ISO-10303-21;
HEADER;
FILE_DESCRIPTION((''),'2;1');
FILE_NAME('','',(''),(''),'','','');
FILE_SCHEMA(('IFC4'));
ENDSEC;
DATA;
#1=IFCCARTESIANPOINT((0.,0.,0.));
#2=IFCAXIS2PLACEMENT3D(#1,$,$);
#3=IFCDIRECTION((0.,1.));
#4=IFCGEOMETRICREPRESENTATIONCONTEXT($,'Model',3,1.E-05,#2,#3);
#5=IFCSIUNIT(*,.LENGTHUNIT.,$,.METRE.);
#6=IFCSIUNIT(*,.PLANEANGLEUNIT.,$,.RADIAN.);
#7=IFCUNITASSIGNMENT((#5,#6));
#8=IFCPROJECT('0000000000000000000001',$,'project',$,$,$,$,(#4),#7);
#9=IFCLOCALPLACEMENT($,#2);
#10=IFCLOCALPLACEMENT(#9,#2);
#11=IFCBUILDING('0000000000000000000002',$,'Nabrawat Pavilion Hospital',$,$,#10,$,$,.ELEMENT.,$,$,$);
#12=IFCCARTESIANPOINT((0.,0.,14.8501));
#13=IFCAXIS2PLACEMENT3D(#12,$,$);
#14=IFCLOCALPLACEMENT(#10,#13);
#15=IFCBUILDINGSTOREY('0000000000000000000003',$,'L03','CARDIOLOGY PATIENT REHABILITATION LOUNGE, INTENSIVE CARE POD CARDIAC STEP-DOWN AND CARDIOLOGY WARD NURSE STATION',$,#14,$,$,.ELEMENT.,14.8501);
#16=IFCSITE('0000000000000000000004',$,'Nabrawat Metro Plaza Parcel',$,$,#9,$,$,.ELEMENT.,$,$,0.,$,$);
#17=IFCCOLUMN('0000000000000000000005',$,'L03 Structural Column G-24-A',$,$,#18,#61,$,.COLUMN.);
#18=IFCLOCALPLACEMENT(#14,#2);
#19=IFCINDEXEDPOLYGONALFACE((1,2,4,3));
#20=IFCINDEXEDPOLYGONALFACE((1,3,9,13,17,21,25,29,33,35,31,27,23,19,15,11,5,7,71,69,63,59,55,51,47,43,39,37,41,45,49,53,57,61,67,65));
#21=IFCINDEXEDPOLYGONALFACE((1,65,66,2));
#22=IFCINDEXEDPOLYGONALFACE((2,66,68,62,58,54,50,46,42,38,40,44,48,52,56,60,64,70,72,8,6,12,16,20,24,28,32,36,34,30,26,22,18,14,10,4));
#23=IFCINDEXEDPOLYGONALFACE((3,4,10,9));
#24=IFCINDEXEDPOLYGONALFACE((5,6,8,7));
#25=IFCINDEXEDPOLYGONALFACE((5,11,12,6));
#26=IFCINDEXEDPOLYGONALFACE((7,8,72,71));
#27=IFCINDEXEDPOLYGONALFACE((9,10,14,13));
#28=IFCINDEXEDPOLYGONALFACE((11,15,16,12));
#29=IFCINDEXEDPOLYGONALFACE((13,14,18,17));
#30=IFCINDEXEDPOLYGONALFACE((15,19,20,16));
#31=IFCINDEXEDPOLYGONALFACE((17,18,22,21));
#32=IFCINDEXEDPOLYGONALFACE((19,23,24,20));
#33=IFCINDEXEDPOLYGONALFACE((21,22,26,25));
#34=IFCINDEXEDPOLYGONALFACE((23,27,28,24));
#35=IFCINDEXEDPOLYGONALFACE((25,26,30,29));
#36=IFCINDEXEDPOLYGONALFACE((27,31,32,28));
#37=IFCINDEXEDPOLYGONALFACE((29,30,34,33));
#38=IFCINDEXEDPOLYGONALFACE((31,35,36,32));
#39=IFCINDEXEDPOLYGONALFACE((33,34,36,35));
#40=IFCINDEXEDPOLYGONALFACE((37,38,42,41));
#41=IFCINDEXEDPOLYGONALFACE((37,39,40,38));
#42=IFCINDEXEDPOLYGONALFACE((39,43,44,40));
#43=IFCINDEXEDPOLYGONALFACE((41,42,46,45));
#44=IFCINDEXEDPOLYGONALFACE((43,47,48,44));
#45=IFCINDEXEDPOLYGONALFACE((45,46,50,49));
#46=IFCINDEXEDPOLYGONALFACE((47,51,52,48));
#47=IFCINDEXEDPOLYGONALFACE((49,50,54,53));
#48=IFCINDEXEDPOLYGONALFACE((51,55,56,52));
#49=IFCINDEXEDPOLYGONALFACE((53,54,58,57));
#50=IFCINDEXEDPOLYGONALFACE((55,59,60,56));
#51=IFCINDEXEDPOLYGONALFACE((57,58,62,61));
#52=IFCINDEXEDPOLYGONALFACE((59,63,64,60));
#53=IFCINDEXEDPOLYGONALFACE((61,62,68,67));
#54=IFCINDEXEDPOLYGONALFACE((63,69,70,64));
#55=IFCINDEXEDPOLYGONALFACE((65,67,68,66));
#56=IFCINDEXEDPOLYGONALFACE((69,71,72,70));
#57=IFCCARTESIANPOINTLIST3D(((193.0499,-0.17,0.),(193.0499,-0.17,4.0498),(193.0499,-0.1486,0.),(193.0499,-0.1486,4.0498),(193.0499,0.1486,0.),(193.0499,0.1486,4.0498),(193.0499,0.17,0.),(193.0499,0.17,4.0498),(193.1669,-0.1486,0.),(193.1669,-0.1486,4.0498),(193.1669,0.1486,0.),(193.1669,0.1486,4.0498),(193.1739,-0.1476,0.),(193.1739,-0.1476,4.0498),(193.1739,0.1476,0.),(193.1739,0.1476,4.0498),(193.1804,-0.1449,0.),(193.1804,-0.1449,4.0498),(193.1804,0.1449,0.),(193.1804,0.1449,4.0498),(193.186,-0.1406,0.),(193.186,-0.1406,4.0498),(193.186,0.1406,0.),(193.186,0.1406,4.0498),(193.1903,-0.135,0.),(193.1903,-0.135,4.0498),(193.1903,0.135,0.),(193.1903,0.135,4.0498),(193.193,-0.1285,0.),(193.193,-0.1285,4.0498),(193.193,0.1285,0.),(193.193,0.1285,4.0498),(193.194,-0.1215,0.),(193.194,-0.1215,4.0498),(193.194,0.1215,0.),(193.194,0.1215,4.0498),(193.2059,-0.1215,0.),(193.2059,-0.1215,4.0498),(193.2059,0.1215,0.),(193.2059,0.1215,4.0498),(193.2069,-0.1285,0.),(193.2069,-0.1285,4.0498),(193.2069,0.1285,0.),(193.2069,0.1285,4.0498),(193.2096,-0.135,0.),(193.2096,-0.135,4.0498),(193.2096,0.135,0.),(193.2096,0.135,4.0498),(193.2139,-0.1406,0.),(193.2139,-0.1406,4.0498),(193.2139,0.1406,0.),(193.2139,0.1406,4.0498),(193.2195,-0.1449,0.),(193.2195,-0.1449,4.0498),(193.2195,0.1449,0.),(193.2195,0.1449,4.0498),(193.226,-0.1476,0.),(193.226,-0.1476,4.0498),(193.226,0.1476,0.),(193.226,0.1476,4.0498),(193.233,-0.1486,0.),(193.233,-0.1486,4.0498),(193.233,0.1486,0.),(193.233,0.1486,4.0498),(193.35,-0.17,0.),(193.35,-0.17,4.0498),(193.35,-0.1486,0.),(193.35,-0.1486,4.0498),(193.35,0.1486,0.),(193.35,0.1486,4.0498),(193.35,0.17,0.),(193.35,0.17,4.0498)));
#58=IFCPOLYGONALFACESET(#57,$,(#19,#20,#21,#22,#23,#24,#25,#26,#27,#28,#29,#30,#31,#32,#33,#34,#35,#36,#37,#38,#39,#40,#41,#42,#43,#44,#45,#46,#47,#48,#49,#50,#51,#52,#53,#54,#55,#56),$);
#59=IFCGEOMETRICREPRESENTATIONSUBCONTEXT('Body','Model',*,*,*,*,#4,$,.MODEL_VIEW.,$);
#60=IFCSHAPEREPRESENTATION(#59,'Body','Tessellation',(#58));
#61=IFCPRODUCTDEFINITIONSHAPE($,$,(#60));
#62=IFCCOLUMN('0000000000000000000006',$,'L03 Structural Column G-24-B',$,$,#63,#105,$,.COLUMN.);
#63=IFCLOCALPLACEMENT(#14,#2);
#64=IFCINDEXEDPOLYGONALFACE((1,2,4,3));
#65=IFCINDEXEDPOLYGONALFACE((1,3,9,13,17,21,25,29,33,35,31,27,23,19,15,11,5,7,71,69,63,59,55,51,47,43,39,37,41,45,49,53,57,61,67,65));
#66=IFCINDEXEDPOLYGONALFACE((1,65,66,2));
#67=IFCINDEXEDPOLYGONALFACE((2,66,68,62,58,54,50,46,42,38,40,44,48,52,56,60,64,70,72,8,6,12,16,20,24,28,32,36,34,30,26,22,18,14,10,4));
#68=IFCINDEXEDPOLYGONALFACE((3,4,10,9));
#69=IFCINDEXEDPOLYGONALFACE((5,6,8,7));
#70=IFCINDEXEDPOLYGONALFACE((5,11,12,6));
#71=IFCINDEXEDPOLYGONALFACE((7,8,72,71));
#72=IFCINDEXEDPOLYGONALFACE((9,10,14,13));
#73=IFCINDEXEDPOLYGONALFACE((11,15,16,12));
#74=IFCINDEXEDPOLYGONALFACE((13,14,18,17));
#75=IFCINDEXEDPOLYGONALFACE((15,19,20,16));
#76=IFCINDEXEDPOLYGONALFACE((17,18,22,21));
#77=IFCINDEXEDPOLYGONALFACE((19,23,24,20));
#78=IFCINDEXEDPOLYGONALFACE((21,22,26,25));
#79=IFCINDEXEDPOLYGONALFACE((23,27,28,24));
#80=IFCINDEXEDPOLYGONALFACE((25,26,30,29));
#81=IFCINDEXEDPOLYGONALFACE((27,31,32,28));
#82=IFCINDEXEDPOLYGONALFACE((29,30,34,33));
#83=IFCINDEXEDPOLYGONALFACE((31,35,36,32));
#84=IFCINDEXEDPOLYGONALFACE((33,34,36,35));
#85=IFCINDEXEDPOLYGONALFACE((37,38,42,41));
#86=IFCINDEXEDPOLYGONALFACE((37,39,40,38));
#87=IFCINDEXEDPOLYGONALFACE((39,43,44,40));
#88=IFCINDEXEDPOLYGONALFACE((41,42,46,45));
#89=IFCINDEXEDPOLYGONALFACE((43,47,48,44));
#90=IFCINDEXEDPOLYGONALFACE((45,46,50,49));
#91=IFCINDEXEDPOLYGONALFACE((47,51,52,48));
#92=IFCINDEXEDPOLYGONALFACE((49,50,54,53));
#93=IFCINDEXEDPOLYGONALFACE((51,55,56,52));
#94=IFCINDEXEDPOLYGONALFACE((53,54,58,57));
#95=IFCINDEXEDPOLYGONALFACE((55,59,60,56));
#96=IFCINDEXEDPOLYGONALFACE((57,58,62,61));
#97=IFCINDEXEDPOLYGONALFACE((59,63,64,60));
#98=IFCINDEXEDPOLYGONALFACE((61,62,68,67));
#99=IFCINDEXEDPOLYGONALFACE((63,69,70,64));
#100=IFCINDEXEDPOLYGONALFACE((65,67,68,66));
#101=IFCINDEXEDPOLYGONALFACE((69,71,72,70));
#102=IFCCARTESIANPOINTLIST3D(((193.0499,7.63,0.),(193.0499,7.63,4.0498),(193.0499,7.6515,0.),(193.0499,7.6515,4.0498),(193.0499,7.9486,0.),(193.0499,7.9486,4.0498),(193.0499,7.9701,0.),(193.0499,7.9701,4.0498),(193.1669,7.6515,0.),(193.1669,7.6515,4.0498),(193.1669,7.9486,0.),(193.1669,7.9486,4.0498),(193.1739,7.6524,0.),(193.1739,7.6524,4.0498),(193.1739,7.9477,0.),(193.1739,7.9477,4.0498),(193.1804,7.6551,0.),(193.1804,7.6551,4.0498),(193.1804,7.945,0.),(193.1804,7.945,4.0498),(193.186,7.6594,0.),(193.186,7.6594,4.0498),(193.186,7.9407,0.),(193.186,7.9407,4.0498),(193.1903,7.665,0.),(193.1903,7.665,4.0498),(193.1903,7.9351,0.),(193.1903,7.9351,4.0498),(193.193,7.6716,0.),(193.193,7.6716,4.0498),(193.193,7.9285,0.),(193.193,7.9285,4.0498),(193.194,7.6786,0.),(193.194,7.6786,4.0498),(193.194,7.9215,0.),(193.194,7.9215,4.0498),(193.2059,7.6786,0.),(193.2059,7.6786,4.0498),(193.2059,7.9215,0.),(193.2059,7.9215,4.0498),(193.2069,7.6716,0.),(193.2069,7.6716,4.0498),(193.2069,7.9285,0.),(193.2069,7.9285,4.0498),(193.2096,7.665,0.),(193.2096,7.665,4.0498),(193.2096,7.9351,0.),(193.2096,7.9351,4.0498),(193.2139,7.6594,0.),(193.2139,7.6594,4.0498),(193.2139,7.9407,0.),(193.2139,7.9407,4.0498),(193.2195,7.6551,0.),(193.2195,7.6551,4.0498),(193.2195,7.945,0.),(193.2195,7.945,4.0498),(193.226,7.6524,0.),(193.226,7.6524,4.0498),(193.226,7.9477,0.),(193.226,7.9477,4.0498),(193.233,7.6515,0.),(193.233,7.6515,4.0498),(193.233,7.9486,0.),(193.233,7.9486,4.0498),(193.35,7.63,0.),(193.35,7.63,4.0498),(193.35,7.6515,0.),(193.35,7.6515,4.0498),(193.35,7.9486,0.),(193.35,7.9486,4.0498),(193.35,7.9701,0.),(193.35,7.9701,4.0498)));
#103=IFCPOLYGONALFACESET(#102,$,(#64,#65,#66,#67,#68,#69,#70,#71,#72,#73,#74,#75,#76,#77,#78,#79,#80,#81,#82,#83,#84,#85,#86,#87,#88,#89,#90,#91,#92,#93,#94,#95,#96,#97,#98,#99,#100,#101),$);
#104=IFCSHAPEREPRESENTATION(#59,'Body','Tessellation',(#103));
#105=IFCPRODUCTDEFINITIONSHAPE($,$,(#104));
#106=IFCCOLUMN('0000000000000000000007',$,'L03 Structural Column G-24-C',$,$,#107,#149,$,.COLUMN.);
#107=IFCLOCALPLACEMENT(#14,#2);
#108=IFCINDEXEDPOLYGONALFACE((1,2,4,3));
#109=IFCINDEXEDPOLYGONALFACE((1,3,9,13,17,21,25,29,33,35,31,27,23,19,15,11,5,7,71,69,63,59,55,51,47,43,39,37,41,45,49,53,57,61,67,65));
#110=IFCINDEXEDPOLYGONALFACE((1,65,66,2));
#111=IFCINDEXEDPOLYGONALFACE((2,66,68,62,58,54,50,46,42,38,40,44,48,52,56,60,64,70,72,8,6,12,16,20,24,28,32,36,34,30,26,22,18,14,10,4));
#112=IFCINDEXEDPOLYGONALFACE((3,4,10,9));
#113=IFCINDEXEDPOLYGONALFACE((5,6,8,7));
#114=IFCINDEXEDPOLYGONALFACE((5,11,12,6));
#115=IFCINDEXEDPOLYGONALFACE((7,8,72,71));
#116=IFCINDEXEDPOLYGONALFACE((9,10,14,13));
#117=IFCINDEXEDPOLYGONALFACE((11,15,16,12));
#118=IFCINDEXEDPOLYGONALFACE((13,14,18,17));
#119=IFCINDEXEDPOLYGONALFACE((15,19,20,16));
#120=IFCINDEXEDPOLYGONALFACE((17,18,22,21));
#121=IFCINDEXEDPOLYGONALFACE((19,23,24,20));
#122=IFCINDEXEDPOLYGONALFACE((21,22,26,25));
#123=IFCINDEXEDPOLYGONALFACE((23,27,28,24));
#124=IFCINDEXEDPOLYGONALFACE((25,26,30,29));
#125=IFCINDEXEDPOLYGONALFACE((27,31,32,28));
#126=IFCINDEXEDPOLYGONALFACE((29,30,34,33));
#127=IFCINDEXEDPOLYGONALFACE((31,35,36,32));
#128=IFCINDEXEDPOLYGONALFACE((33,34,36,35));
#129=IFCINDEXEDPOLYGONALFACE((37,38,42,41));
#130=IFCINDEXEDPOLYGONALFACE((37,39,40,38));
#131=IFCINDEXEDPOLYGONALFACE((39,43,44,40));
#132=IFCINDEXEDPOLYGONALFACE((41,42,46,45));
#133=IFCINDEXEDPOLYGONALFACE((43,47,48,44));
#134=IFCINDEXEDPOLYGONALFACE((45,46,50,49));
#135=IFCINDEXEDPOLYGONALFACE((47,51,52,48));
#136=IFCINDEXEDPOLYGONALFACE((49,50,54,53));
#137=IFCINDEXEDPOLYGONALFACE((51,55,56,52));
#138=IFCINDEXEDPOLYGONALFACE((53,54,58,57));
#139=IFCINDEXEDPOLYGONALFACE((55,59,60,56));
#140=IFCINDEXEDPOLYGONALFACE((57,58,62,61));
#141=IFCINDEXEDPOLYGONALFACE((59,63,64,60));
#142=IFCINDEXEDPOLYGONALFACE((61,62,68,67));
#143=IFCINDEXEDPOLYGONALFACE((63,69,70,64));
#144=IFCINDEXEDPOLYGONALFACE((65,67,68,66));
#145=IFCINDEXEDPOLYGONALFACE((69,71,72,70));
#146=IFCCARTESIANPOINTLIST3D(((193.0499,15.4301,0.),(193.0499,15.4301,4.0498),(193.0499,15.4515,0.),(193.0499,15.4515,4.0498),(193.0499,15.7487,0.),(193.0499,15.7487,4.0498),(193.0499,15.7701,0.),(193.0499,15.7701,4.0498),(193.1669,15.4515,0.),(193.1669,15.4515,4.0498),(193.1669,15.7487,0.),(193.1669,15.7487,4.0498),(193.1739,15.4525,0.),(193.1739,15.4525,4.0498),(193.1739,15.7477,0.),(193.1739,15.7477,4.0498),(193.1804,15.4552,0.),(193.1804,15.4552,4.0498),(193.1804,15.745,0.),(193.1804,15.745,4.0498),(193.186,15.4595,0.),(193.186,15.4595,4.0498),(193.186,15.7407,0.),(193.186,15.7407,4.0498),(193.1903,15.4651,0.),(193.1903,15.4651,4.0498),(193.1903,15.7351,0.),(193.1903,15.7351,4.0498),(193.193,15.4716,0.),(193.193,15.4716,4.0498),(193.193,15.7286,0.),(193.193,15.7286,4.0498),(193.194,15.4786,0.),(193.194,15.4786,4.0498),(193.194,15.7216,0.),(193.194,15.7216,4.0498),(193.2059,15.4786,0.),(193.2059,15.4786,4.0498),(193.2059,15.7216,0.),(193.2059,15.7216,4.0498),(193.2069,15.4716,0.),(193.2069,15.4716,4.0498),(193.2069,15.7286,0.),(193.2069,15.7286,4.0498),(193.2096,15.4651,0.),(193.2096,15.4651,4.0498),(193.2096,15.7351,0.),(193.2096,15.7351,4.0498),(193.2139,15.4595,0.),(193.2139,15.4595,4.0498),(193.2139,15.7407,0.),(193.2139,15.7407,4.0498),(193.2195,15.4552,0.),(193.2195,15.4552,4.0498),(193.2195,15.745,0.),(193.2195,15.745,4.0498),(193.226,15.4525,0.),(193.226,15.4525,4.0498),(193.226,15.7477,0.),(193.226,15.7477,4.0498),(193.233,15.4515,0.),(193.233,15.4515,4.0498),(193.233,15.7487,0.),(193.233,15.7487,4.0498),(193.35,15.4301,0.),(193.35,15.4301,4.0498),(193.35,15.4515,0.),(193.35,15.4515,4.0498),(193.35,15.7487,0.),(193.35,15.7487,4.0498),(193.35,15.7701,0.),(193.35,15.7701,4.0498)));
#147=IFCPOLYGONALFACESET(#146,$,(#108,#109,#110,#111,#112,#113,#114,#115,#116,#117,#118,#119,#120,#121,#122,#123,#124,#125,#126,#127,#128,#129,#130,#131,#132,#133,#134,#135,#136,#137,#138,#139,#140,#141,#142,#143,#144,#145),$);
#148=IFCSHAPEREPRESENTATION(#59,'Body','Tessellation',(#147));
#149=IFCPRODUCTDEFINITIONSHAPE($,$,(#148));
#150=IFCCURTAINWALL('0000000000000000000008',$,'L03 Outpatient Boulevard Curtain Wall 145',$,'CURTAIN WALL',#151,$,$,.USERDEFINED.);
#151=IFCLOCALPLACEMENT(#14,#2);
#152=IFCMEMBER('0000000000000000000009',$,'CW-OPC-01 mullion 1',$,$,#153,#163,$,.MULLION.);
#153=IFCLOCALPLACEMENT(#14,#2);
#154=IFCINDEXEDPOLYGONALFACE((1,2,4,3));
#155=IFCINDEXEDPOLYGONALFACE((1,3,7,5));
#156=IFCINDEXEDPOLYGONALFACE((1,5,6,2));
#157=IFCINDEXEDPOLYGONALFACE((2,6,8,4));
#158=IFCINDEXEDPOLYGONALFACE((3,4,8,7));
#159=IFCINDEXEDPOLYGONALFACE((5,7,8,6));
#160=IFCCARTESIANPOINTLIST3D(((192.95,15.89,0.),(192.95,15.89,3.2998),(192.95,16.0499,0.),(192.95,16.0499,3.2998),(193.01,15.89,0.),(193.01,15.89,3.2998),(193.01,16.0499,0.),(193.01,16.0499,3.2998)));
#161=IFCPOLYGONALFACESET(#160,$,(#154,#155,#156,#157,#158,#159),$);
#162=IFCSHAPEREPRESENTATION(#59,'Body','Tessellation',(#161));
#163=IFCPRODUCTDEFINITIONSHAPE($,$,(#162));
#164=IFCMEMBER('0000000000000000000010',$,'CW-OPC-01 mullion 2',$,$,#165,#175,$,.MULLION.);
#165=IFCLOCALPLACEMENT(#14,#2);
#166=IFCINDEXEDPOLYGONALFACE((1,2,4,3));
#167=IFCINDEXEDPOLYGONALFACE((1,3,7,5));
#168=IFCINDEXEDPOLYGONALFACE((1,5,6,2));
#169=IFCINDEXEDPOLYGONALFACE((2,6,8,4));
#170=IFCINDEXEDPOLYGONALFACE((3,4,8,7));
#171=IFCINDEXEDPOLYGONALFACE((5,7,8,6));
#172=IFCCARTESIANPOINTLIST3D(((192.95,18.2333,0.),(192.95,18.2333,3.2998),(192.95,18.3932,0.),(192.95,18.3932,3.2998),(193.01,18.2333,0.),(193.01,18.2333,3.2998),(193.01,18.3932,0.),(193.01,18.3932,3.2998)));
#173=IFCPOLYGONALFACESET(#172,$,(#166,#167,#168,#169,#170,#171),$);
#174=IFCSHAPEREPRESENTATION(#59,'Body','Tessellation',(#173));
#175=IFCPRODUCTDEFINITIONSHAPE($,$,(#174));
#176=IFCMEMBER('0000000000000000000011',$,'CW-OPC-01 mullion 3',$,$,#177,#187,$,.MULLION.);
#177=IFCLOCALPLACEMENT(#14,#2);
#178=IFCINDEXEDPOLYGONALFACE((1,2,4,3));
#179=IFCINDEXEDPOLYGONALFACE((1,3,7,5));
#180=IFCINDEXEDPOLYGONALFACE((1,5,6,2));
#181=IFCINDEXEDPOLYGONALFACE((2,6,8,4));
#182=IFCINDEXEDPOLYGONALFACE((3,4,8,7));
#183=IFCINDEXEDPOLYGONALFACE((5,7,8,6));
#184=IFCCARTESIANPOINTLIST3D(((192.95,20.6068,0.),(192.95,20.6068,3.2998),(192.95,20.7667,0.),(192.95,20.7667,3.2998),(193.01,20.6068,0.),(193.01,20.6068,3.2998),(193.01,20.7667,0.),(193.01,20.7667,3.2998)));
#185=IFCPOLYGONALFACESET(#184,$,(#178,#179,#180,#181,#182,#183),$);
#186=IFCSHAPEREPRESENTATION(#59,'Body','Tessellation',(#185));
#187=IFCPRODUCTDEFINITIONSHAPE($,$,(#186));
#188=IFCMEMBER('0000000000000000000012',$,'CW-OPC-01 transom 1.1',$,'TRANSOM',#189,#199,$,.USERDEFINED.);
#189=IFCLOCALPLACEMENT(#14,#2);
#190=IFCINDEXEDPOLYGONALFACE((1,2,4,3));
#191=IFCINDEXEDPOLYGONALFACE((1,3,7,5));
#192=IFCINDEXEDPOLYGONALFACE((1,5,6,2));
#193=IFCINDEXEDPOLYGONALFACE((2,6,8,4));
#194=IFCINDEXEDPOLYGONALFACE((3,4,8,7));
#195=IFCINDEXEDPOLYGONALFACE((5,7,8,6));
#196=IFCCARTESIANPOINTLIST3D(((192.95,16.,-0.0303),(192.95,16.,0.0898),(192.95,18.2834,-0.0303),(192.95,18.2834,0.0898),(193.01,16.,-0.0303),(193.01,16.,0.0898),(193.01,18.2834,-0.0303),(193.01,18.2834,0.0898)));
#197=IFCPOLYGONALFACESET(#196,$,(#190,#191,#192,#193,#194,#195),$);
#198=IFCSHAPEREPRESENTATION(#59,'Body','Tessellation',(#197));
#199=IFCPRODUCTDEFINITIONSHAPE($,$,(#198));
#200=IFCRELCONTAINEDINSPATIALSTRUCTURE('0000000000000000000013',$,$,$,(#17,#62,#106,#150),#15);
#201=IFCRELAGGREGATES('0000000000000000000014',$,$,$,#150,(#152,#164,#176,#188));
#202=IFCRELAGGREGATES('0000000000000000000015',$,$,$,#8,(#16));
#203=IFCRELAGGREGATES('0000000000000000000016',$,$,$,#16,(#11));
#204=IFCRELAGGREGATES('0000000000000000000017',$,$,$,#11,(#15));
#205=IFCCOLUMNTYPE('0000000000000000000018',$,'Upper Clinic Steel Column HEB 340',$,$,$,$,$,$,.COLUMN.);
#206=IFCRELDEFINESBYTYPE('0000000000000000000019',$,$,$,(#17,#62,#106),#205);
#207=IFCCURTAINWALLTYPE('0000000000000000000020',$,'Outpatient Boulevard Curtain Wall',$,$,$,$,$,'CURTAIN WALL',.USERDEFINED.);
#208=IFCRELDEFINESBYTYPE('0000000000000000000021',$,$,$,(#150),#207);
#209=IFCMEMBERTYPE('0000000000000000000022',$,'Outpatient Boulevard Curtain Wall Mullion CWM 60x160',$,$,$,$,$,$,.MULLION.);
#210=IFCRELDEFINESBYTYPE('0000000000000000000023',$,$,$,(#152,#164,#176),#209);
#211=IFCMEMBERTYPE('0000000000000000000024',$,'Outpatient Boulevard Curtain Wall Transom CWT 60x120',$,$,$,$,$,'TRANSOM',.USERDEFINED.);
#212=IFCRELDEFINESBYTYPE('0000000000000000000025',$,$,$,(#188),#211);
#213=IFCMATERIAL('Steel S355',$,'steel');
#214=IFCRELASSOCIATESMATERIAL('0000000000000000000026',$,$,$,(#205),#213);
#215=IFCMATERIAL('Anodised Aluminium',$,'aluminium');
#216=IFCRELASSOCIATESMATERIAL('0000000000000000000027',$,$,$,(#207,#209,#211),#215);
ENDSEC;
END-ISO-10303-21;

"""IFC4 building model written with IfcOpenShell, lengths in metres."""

from ifc_helpers import new_model, si_unit, direction, frame, origin, origin_2d, place, context, subcontext, project, spatial, rectangle, i_section, extrude, material, material_profile, profile_set, type_object, element, aggregate, save


model = new_model("IFC4")

# Units and contexts
model_context = context("Model", 3, precision=1e-05, world=origin(), true_north=direction((0.0, 1.0)))
body_context = subcontext(model_context, "Body", "Model", "MODEL_VIEW")
ifc_project = project(units=[si_unit("LENGTHUNIT", "METRE"), si_unit("PLANEANGLEUNIT", "RADIAN")], contexts=[model_context])

# Site, building, storey
site_placement = place(None, origin())
site = spatial("IfcSite", under=ifc_project, at=site_placement, Name="Nabrawat Metro Plaza Parcel", CompositionType="ELEMENT", RefElevation=0.0)
building_placement = place(site_placement, origin())
building = spatial("IfcBuilding", under=site, at=building_placement, Name="Nabrawat Pavilion Hospital", CompositionType="ELEMENT")
storey_placement = place(building_placement, frame((0.0, 0.0, 14.8501)))
storey = spatial("IfcBuildingStorey", under=building, at=storey_placement, Name="L03", Description="CARDIOLOGY PATIENT REHABILITATION LOUNGE, INTENSIVE CARE POD CARDIAC STEP-DOWN AND CARDIOLOGY WARD NURSE STATION", CompositionType="ELEMENT", Elevation=14.8501)

# Columns
ifc_material_1 = material(Name="Steel S355", Category="steel")
ifc_material_profile_1 = material_profile(ifc_material_1, i_section(OverallWidth=0.3, OverallDepth=0.3401, WebThickness=0.012, FlangeThickness=0.0215, FilletRadius=0.0271, at=origin_2d()), Name="HEB 340")
ifc_profile_set_1 = profile_set([ifc_material_profile_1], Name="Steel S355")
column_type = type_object("IfcColumnType", Name="Upper Clinic Steel Column HEB 340", PredefinedType="COLUMN", material=ifc_profile_set_1)
for number, where, z_axis, x_axis, name in (
    (1, (193.2, 0.0, 0.0), (0.0, 0.0, 1.0), (1.0, 0.0, 0.0), "L03 Structural Column G-24-A"),
    (2, (193.2, 7.8, 0.0), (0.0, 0.0, 1.0), (1.0, 0.0, 0.0), "L03 Structural Column G-24-B"),
    (3, (193.2, 15.6001, 0.0), (0.0, 0.0, 1.0), (1.0, 0.0, 0.0), "L03 Structural Column G-24-C"),
):
    element("IfcColumn", number, at=place(storey_placement, frame(where, z_axis=z_axis, x_axis=x_axis)), inside=storey, type_object=column_type, Name=name, PredefinedType="COLUMN", context=body_context, shape_type="SweptSolid", body=[
        extrude(i_section(OverallWidth=0.3, OverallDepth=0.3401, WebThickness=0.012, FlangeThickness=0.0215, FilletRadius=0.0271, at=origin_2d()), origin(), (0.0, 0.0, 1.0), 4.0498),
    ])

# Curtain wall, members
ifc_material_2 = material(Name="Anodised Aluminium", Category="aluminium")
curtain_wall_type = type_object("IfcCurtainWallType", Name="Outpatient Boulevard Curtain Wall", ElementType="CURTAIN WALL", PredefinedType="USERDEFINED", material=ifc_material_2)
curtain_wall_placement = place(storey_placement, origin())
curtain_wall = element("IfcCurtainWall", 4, at=curtain_wall_placement, inside=storey, type_object=curtain_wall_type, Name="L03 Outpatient Boulevard Curtain Wall 145", ObjectType="CURTAIN WALL", PredefinedType="USERDEFINED")
ifc_material_profile_2 = material_profile(ifc_material_2, rectangle(XDim=0.0601, YDim=0.1599, at=origin_2d()), Name="CWM 60x160")
ifc_profile_set_2 = profile_set([ifc_material_profile_2], Name="Anodised Aluminium")
member_type_1 = type_object("IfcMemberType", Name="Outpatient Boulevard Curtain Wall Mullion CWM 60x160", PredefinedType="MULLION", material=ifc_profile_set_2)
member_1_placement = place(storey_placement, frame((192.98, 15.97, 0.0), z_axis=(0.0, 0.0, 1.0), x_axis=(-1.0, 0.0, 0.0)))
member_1 = element("IfcMember", 5, at=member_1_placement, type_object=member_type_1, Name="CW-OPC-01 mullion 1", PredefinedType="MULLION", context=body_context, shape_type="SweptSolid", body=[
    extrude(rectangle(XDim=0.0601, YDim=0.1599, at=origin_2d()), origin(), (0.0, 0.0, 1.0), 3.2998),
])
member_2_placement = place(storey_placement, frame((192.98, 18.3132, 0.0), z_axis=(0.0, 0.0, 1.0), x_axis=(-1.0, 0.0, 0.0)))
member_2 = element("IfcMember", 6, at=member_2_placement, type_object=member_type_1, Name="CW-OPC-01 mullion 2", PredefinedType="MULLION", context=body_context, shape_type="SweptSolid", body=[
    extrude(rectangle(XDim=0.0601, YDim=0.1599, at=origin_2d()), origin(), (0.0, 0.0, 1.0), 3.2998),
])
member_3_placement = place(storey_placement, frame((192.98, 20.6868, 0.0), z_axis=(0.0, 0.0, 1.0), x_axis=(-1.0, 0.0, 0.0)))
member_3 = element("IfcMember", 7, at=member_3_placement, type_object=member_type_1, Name="CW-OPC-01 mullion 3", PredefinedType="MULLION", context=body_context, shape_type="SweptSolid", body=[
    extrude(rectangle(XDim=0.0601, YDim=0.1599, at=origin_2d()), origin(), (0.0, 0.0, 1.0), 3.2998),
])
ifc_material_profile_3 = material_profile(ifc_material_2, rectangle(XDim=0.0601, YDim=0.1201, at=origin_2d()), Name="CWT 60x120")
ifc_profile_set_3 = profile_set([ifc_material_profile_3], Name="Anodised Aluminium")
member_type_2 = type_object("IfcMemberType", Name="Outpatient Boulevard Curtain Wall Transom CWT 60x120", ElementType="TRANSOM", PredefinedType="USERDEFINED", material=ifc_profile_set_3)
member_4_placement = place(storey_placement, frame((192.98, 16.0, 0.0298), z_axis=(0.0, 1.0, 0.0), x_axis=(-1.0, 0.0, 0.0)))
member_4 = element("IfcMember", 8, at=member_4_placement, type_object=member_type_2, Name="CW-OPC-01 transom 1.1", ObjectType="TRANSOM", PredefinedType="USERDEFINED", context=body_context, shape_type="SweptSolid", body=[
    extrude(rectangle(XDim=0.0601, YDim=0.1201, at=origin_2d()), origin(), (0.0, 0.0, 1.0), 2.2834),
])

aggregate(curtain_wall, [member_1, member_2, member_3, member_4])

save(model, "model.ifc")
